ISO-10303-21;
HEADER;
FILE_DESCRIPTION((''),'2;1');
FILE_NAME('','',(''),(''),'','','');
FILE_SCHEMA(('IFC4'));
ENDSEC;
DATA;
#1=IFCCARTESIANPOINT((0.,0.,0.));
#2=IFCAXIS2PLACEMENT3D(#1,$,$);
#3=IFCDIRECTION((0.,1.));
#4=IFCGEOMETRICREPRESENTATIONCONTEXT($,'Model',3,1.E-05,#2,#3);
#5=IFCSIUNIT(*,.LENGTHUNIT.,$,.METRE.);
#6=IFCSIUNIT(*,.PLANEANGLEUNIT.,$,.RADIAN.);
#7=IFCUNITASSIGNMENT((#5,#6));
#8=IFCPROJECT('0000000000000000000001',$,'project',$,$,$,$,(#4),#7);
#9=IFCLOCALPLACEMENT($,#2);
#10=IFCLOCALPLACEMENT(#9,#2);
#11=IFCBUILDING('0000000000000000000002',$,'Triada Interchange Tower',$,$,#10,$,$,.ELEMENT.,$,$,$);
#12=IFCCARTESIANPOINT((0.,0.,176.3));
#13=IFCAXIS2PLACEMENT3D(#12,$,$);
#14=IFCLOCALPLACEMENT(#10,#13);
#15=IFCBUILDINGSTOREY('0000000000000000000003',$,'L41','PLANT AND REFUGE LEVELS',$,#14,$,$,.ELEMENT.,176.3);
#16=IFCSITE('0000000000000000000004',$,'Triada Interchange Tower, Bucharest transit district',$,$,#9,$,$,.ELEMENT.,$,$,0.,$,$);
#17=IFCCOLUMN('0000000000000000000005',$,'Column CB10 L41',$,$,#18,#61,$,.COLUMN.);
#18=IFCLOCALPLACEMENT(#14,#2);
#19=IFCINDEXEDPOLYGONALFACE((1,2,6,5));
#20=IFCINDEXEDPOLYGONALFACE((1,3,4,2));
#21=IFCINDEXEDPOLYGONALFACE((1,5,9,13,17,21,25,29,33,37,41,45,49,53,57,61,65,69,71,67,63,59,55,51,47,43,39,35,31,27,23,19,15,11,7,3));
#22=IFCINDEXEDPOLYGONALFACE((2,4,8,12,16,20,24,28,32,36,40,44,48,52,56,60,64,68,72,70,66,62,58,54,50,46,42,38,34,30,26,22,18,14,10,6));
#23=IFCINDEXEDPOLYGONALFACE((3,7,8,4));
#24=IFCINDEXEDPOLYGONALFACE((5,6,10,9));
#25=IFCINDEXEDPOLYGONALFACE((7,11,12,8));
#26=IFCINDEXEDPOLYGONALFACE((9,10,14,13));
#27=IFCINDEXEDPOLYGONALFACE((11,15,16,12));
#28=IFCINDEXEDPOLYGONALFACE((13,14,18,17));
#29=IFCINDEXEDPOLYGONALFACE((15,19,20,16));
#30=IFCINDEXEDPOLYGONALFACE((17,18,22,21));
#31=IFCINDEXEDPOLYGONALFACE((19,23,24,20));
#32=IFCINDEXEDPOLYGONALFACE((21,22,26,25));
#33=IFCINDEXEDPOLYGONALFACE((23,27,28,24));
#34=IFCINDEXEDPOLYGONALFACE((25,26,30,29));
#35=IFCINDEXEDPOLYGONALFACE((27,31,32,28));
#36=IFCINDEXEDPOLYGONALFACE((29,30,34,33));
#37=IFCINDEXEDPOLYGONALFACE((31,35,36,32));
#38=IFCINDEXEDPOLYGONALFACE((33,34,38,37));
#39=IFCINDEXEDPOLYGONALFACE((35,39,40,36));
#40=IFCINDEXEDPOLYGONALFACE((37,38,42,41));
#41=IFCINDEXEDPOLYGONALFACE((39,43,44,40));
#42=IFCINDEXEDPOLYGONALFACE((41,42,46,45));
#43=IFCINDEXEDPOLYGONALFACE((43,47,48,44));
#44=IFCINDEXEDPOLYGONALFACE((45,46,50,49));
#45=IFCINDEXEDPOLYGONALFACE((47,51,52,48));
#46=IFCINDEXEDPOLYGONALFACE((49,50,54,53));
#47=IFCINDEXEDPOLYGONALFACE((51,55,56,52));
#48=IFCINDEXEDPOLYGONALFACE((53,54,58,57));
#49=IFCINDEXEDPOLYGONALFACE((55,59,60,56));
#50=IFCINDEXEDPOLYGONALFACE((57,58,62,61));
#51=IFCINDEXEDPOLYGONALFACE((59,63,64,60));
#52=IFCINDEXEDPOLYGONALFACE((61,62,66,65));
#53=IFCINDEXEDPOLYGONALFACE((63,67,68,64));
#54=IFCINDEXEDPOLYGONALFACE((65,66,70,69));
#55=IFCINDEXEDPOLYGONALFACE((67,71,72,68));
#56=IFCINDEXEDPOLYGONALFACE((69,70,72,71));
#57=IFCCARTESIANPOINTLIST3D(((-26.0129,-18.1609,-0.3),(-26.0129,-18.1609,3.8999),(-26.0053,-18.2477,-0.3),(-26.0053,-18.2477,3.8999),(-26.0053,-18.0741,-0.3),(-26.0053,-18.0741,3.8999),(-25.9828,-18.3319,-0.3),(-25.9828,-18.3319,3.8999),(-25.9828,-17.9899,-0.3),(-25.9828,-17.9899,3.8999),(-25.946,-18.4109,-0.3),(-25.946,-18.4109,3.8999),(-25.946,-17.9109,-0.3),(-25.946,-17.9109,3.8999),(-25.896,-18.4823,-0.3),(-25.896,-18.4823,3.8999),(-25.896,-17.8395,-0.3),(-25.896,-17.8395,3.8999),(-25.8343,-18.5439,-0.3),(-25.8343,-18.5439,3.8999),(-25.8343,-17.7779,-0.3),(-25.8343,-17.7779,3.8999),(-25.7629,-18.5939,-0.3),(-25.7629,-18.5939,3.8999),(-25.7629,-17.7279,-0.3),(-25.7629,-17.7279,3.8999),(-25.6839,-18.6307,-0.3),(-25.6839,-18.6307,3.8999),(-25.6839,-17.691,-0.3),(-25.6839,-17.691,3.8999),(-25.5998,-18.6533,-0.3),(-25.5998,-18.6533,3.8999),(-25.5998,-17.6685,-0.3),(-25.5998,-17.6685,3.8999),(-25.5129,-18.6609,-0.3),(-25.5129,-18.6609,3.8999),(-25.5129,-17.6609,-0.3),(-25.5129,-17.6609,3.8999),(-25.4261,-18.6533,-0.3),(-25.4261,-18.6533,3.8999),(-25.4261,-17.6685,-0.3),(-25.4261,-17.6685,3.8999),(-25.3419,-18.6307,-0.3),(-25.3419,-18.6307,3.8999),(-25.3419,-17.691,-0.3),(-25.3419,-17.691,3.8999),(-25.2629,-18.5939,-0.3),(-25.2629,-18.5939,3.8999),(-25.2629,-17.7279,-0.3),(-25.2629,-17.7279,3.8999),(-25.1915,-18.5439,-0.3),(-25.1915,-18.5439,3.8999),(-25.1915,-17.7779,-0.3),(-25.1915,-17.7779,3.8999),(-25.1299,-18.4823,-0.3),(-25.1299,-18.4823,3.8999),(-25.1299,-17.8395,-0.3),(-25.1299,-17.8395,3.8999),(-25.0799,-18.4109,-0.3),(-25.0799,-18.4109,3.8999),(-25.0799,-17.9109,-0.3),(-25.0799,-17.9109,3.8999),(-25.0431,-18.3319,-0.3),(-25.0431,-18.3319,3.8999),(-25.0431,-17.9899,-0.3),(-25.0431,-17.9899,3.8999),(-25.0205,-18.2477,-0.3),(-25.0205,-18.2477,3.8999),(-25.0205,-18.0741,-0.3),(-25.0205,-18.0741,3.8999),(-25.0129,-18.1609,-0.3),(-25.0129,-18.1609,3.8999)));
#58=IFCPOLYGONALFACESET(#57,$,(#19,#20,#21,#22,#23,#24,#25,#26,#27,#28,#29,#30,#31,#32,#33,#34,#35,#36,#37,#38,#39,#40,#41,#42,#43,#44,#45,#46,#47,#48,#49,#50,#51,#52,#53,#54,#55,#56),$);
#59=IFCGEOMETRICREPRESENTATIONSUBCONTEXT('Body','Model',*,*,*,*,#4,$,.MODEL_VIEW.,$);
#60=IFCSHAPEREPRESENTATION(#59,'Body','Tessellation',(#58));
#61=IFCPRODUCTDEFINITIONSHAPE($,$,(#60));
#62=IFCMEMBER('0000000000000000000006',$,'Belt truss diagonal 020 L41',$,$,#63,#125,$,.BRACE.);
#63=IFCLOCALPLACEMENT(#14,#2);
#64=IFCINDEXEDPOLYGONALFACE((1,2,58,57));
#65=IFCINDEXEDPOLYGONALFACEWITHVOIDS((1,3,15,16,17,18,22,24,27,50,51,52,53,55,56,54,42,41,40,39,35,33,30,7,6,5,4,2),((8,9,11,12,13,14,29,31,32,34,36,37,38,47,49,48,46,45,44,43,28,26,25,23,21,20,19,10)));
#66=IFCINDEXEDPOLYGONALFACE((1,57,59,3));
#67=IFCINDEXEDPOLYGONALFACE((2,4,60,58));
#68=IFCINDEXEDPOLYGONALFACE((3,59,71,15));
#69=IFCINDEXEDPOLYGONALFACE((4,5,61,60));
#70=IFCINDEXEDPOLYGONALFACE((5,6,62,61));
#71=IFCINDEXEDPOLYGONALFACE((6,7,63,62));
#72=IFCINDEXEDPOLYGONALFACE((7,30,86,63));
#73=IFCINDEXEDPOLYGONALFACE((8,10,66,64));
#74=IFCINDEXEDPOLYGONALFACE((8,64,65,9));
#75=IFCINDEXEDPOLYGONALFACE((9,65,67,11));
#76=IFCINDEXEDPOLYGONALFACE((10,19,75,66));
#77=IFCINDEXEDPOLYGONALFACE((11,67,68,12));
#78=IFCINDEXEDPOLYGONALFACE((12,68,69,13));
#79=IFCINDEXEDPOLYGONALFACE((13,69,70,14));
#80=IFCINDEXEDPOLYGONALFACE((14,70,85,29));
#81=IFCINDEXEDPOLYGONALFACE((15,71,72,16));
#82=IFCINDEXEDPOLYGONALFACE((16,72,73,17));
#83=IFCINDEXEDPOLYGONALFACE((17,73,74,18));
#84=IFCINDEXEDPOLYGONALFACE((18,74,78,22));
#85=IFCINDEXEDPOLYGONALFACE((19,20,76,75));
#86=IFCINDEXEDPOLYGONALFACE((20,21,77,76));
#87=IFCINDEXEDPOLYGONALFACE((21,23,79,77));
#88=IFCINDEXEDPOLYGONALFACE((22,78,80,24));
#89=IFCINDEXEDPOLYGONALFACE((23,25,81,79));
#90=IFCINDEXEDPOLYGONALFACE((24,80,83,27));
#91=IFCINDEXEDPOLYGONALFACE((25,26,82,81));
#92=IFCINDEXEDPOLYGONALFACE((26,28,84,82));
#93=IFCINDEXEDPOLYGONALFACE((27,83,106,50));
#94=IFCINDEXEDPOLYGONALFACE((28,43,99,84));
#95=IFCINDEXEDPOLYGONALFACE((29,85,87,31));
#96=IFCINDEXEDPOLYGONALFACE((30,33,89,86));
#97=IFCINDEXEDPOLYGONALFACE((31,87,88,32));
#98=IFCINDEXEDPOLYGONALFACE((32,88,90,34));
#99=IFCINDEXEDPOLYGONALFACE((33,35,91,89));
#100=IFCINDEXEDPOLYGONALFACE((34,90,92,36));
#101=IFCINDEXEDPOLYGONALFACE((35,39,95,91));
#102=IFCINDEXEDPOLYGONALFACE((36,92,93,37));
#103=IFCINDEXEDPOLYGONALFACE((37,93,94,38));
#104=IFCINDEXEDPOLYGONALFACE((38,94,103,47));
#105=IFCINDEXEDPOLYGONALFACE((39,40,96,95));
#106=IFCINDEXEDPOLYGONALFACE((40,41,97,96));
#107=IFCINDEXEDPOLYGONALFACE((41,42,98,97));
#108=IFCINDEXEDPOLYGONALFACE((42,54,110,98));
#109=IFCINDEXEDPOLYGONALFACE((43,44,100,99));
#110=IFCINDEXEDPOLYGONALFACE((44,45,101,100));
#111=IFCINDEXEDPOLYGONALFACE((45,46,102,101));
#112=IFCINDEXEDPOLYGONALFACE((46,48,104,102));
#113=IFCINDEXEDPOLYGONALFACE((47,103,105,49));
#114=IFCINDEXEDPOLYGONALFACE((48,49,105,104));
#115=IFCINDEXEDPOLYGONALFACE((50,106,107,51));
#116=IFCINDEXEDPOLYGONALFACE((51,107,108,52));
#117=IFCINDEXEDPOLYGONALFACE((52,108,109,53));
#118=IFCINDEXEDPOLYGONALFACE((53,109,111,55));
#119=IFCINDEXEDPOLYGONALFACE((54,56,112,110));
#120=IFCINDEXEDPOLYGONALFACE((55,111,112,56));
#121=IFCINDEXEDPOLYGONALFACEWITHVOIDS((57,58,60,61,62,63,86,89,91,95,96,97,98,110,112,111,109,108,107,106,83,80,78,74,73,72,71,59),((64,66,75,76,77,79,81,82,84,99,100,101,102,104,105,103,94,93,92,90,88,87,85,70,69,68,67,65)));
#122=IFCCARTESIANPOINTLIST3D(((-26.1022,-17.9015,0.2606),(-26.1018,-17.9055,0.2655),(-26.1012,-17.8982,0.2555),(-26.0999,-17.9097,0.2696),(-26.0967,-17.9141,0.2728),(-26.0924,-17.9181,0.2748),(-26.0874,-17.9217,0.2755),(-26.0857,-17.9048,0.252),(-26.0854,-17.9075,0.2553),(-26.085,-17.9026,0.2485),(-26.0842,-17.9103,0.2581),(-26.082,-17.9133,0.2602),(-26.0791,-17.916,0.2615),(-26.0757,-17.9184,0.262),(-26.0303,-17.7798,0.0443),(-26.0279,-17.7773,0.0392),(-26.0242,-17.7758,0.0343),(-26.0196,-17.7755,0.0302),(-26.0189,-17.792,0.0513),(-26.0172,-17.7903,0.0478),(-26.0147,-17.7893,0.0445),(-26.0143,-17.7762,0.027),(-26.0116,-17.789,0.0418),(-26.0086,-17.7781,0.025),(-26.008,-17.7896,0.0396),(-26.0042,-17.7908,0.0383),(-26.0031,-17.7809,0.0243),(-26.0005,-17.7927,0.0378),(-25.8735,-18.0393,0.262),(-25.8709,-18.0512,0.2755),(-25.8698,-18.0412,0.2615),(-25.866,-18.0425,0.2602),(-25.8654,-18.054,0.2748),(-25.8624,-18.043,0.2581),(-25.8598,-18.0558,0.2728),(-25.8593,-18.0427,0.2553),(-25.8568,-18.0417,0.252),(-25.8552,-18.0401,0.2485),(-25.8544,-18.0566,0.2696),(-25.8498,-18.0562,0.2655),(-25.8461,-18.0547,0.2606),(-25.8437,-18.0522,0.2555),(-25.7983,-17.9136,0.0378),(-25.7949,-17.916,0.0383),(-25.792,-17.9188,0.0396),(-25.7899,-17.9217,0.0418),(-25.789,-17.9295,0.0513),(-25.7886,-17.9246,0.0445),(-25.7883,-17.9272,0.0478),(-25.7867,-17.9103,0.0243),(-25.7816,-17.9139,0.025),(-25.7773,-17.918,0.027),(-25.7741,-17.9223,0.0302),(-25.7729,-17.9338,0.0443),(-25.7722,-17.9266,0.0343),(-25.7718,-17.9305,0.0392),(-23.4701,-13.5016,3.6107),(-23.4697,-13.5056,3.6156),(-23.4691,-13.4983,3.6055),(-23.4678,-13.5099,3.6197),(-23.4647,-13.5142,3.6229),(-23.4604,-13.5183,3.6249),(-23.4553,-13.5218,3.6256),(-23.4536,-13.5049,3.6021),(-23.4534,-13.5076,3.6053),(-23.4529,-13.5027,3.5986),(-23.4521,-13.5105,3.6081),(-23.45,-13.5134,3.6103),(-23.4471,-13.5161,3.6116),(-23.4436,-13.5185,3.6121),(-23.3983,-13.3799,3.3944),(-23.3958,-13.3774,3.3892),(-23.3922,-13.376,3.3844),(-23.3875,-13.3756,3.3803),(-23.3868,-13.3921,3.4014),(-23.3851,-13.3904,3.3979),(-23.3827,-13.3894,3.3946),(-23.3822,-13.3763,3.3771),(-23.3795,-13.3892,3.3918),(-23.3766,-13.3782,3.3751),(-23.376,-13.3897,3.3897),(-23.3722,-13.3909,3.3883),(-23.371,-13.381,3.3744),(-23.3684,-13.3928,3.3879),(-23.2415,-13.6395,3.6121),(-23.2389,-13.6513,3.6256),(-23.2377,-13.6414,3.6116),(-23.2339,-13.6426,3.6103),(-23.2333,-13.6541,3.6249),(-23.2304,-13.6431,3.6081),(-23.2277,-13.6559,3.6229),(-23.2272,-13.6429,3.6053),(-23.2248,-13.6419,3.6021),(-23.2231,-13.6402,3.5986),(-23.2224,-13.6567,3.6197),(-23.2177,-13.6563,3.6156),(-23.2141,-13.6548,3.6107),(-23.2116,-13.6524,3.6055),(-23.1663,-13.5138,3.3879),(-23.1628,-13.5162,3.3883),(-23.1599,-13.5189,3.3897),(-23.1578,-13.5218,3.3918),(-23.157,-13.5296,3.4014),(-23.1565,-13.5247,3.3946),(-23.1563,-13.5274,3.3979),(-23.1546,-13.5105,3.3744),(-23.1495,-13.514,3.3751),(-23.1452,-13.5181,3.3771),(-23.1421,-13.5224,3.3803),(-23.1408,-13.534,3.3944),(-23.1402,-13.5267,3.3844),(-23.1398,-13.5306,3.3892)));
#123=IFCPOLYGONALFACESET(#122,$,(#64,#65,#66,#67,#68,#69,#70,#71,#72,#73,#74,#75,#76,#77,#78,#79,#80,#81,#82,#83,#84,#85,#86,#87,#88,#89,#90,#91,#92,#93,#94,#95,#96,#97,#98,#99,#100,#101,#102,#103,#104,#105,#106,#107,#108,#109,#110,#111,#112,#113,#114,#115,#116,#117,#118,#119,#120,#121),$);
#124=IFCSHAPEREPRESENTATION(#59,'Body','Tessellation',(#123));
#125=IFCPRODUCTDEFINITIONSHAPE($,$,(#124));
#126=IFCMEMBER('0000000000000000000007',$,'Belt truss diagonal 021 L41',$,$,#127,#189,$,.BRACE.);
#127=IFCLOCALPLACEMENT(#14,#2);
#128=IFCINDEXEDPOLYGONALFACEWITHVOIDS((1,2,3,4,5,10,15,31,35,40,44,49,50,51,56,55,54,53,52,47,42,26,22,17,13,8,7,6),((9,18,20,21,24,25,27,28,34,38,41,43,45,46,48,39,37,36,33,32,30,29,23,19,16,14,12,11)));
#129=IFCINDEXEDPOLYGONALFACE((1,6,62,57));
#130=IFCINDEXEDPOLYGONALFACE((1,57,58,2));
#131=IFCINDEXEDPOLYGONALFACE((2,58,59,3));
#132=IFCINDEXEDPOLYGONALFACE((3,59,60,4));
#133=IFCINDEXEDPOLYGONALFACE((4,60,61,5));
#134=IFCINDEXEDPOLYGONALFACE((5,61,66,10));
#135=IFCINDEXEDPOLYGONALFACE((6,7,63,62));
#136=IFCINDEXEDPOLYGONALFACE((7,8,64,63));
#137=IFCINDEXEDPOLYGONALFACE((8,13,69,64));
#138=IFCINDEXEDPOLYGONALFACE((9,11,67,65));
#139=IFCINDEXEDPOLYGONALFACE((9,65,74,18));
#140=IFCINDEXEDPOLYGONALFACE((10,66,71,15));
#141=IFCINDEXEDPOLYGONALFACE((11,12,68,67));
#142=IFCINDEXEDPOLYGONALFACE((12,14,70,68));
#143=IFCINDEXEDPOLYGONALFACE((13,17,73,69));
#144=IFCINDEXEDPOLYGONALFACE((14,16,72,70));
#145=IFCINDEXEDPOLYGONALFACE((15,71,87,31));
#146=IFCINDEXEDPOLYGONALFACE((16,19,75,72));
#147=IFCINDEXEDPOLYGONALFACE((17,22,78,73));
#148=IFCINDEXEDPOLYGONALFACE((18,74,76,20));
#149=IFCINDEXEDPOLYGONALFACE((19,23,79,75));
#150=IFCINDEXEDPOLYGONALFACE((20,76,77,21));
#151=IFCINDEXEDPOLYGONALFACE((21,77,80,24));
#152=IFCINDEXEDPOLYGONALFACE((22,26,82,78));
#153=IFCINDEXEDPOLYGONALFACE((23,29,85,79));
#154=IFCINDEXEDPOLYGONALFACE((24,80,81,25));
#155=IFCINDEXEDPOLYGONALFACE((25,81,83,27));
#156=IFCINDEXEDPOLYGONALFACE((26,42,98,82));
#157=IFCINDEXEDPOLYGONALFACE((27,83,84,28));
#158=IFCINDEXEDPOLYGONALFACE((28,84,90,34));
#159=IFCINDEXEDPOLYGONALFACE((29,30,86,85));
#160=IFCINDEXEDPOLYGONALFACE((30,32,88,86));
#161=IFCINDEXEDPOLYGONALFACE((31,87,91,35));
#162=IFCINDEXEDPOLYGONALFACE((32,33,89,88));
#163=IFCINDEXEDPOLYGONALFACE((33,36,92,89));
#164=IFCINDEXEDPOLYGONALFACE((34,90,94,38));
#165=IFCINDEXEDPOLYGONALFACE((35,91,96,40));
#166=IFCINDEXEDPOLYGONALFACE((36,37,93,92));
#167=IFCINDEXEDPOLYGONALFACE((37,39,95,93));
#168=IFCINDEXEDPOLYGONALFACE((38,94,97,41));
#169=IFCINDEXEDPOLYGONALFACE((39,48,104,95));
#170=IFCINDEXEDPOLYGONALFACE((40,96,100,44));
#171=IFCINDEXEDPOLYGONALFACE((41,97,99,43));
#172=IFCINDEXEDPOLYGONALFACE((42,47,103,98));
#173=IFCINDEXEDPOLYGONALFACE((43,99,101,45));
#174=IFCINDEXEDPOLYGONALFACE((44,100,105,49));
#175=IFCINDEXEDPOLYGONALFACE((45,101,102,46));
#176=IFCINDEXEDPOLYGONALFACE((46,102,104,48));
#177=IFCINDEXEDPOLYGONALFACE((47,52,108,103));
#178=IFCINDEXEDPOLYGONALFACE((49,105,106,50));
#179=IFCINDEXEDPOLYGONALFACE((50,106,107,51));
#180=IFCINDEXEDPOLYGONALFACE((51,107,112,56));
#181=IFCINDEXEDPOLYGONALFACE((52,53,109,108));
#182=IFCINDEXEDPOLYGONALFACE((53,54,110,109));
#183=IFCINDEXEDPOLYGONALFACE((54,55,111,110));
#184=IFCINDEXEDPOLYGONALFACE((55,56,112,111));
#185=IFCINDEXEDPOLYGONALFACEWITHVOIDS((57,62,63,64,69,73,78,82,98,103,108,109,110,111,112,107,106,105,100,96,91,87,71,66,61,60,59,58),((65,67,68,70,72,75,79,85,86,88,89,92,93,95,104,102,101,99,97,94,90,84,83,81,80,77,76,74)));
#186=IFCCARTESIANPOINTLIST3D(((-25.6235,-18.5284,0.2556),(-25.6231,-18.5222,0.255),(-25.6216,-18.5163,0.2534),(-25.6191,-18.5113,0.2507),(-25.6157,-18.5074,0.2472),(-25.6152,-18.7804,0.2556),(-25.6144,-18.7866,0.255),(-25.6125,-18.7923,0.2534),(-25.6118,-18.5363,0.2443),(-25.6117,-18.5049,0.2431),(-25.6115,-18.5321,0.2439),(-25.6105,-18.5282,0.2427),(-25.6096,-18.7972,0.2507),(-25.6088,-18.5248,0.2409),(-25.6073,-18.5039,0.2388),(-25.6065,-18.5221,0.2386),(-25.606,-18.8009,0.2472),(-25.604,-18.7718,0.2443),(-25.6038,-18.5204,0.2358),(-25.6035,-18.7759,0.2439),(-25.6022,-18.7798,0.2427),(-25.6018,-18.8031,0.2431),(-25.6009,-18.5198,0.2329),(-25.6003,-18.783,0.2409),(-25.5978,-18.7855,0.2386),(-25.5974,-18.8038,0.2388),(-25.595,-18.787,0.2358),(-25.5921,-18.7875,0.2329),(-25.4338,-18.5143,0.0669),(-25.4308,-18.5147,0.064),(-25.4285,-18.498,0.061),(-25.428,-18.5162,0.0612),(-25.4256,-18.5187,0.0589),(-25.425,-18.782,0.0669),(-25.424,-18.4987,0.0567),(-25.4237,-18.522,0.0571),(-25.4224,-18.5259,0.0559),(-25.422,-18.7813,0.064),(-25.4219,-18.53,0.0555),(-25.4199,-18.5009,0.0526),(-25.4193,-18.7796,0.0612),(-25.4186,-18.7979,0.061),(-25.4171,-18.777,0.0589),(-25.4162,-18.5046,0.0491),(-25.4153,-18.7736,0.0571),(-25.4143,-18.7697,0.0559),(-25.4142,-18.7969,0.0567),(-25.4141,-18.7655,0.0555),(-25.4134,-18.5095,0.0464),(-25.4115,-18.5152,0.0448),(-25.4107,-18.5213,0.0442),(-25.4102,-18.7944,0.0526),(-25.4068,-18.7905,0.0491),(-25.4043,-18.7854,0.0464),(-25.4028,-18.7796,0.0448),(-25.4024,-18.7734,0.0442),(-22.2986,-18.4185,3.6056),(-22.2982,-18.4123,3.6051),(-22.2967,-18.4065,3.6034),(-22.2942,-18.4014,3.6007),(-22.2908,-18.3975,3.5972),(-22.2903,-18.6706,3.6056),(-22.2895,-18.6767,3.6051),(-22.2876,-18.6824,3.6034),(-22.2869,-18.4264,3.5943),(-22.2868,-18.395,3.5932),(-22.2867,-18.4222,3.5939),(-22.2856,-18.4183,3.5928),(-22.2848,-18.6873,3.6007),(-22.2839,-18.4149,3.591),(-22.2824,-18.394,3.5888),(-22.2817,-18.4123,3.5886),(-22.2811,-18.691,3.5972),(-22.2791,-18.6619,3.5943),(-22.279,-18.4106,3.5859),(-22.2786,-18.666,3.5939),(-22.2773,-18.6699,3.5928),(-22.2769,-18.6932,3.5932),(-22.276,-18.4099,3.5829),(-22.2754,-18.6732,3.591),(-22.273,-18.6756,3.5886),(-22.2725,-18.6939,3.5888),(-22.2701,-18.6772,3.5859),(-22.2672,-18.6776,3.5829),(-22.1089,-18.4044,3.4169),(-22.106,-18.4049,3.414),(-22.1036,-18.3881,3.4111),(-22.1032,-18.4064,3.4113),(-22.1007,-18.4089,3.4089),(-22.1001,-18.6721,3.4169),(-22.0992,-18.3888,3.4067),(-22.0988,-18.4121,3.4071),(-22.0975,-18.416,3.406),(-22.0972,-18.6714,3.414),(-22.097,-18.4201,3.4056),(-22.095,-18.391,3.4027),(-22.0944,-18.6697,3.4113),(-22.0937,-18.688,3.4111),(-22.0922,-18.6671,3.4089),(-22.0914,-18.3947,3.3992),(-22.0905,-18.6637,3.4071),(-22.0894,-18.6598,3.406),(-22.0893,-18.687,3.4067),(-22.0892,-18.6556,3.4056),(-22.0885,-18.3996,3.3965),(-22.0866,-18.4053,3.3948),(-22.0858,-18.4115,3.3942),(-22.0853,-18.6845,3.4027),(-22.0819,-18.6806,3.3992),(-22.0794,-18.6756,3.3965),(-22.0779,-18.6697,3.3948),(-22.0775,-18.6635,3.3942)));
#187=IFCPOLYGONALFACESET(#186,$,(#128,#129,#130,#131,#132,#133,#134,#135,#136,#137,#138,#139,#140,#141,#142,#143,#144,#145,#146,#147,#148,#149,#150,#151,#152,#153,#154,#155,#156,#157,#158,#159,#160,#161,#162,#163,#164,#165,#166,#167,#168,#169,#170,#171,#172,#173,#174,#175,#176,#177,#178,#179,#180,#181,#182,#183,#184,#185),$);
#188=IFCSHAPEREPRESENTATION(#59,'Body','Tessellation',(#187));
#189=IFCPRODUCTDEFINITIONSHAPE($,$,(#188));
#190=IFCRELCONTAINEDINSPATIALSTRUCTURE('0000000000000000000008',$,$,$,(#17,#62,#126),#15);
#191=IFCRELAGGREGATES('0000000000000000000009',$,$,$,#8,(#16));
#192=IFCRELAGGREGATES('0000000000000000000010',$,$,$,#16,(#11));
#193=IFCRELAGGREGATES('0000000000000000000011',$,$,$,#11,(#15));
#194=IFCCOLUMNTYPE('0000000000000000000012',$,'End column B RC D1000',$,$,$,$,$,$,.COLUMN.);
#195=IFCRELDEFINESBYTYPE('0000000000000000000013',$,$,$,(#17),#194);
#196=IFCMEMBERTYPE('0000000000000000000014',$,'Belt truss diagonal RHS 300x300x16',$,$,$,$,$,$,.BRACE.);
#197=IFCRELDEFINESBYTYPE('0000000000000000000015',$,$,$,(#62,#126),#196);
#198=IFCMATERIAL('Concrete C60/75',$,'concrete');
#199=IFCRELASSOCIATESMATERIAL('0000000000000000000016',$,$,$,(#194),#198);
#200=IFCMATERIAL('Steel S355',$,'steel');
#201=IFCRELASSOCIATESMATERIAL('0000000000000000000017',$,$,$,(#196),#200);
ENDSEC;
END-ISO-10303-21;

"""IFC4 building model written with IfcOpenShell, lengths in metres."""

from ifc_helpers import new_model, si_unit, direction, frame, origin, origin_2d, place, context, subcontext, project, spatial, hollow_rectangle, circle, extrude, material, material_profile, profile_set, type_object, element, save


model = new_model("IFC4")

# Units and contexts
model_context = context("Model", 3, precision=1e-05, world=origin(), true_north=direction((0.0, 1.0)))
body_context = subcontext(model_context, "Body", "Model", "MODEL_VIEW")
ifc_project = project(units=[si_unit("LENGTHUNIT", "METRE"), si_unit("PLANEANGLEUNIT", "RADIAN")], contexts=[model_context])

# Site, building, storey
site_placement = place(None, origin())
site = spatial("IfcSite", under=ifc_project, at=site_placement, Name="Triada Interchange Tower, Bucharest transit district", CompositionType="ELEMENT", RefElevation=0.0)
building_placement = place(site_placement, origin())
building = spatial("IfcBuilding", under=site, at=building_placement, Name="Triada Interchange Tower", CompositionType="ELEMENT")
storey_placement = place(building_placement, frame((0.0, 0.0, 176.3)))
storey = spatial("IfcBuildingStorey", under=building, at=storey_placement, Name="L41", Description="PLANT AND REFUGE LEVELS", CompositionType="ELEMENT", Elevation=176.3)

# Column
ifc_material_1 = material(Name="Concrete C60/75", Category="concrete")
ifc_material_profile_1 = material_profile(ifc_material_1, circle(Radius=0.5, at=origin_2d()), Name="RC D1000")
ifc_profile_set_1 = profile_set([ifc_material_profile_1], Name="Concrete C60/75")
column_type = type_object("IfcColumnType", Name="End column B RC D1000", PredefinedType="COLUMN", material=ifc_profile_set_1)
column_placement = place(storey_placement, frame((-25.5129, -18.1609, -0.3), z_axis=(0.0, 0.0, 1.0), x_axis=(1.0, 0.0, 0.0)))
element("IfcColumn", 1, at=column_placement, inside=storey, type_object=column_type, Name="Column CB10 L41", PredefinedType="COLUMN", context=body_context, shape_type="SweptSolid", body=[
    extrude(circle(Radius=0.5, at=origin_2d()), origin(), (0.0, 0.0, 1.0), 4.2),
])

# Members
ifc_material_2 = material(Name="Steel S355", Category="steel")
ifc_material_profile_2 = material_profile(ifc_material_2, hollow_rectangle(XDim=0.3, YDim=0.3, WallThickness=0.0161, InnerFilletRadius=0.0161, OuterFilletRadius=0.0239, at=origin_2d()), Name="RHS 300x300x16")
ifc_profile_set_2 = profile_set([ifc_material_profile_2], Name="Steel S355")
member_type = type_object("IfcMemberType", Name="Belt truss diagonal RHS 300x300x16", PredefinedType="BRACE", material=ifc_profile_set_2)
member_1_placement = place(storey_placement, frame((-25.937, -17.916, 0.1499), z_axis=(0.429759, 0.718404, 0.546995), x_axis=(-0.858169, 0.513368, 0.0)))
element("IfcMember", 2, at=member_1_placement, inside=storey, type_object=member_type, Name="Belt truss diagonal 020 L41", PredefinedType="BRACE", context=body_context, shape_type="SweptSolid", body=[
    extrude(hollow_rectangle(XDim=0.3, YDim=0.3, WallThickness=0.0161, InnerFilletRadius=0.0161, OuterFilletRadius=0.0239, at=origin_2d()), origin(), (0.0, 0.0, 1.0), 6.1245),
])
member_2_placement = place(storey_placement, frame((-25.5129, -18.6509, 0.1499), z_axis=(0.704247, 0.02327, 0.709573), x_axis=(-0.033024, 0.999455, 0.0)))
element("IfcMember", 3, at=member_2_placement, inside=storey, type_object=member_type, Name="Belt truss diagonal 021 L41", PredefinedType="BRACE", context=body_context, shape_type="SweptSolid", body=[
    extrude(hollow_rectangle(XDim=0.3, YDim=0.3, WallThickness=0.0161, InnerFilletRadius=0.0161, OuterFilletRadius=0.0239, at=origin_2d()), origin(), (0.0, 0.0, 1.0), 4.7212),
])

save(model, "model.ifc")
